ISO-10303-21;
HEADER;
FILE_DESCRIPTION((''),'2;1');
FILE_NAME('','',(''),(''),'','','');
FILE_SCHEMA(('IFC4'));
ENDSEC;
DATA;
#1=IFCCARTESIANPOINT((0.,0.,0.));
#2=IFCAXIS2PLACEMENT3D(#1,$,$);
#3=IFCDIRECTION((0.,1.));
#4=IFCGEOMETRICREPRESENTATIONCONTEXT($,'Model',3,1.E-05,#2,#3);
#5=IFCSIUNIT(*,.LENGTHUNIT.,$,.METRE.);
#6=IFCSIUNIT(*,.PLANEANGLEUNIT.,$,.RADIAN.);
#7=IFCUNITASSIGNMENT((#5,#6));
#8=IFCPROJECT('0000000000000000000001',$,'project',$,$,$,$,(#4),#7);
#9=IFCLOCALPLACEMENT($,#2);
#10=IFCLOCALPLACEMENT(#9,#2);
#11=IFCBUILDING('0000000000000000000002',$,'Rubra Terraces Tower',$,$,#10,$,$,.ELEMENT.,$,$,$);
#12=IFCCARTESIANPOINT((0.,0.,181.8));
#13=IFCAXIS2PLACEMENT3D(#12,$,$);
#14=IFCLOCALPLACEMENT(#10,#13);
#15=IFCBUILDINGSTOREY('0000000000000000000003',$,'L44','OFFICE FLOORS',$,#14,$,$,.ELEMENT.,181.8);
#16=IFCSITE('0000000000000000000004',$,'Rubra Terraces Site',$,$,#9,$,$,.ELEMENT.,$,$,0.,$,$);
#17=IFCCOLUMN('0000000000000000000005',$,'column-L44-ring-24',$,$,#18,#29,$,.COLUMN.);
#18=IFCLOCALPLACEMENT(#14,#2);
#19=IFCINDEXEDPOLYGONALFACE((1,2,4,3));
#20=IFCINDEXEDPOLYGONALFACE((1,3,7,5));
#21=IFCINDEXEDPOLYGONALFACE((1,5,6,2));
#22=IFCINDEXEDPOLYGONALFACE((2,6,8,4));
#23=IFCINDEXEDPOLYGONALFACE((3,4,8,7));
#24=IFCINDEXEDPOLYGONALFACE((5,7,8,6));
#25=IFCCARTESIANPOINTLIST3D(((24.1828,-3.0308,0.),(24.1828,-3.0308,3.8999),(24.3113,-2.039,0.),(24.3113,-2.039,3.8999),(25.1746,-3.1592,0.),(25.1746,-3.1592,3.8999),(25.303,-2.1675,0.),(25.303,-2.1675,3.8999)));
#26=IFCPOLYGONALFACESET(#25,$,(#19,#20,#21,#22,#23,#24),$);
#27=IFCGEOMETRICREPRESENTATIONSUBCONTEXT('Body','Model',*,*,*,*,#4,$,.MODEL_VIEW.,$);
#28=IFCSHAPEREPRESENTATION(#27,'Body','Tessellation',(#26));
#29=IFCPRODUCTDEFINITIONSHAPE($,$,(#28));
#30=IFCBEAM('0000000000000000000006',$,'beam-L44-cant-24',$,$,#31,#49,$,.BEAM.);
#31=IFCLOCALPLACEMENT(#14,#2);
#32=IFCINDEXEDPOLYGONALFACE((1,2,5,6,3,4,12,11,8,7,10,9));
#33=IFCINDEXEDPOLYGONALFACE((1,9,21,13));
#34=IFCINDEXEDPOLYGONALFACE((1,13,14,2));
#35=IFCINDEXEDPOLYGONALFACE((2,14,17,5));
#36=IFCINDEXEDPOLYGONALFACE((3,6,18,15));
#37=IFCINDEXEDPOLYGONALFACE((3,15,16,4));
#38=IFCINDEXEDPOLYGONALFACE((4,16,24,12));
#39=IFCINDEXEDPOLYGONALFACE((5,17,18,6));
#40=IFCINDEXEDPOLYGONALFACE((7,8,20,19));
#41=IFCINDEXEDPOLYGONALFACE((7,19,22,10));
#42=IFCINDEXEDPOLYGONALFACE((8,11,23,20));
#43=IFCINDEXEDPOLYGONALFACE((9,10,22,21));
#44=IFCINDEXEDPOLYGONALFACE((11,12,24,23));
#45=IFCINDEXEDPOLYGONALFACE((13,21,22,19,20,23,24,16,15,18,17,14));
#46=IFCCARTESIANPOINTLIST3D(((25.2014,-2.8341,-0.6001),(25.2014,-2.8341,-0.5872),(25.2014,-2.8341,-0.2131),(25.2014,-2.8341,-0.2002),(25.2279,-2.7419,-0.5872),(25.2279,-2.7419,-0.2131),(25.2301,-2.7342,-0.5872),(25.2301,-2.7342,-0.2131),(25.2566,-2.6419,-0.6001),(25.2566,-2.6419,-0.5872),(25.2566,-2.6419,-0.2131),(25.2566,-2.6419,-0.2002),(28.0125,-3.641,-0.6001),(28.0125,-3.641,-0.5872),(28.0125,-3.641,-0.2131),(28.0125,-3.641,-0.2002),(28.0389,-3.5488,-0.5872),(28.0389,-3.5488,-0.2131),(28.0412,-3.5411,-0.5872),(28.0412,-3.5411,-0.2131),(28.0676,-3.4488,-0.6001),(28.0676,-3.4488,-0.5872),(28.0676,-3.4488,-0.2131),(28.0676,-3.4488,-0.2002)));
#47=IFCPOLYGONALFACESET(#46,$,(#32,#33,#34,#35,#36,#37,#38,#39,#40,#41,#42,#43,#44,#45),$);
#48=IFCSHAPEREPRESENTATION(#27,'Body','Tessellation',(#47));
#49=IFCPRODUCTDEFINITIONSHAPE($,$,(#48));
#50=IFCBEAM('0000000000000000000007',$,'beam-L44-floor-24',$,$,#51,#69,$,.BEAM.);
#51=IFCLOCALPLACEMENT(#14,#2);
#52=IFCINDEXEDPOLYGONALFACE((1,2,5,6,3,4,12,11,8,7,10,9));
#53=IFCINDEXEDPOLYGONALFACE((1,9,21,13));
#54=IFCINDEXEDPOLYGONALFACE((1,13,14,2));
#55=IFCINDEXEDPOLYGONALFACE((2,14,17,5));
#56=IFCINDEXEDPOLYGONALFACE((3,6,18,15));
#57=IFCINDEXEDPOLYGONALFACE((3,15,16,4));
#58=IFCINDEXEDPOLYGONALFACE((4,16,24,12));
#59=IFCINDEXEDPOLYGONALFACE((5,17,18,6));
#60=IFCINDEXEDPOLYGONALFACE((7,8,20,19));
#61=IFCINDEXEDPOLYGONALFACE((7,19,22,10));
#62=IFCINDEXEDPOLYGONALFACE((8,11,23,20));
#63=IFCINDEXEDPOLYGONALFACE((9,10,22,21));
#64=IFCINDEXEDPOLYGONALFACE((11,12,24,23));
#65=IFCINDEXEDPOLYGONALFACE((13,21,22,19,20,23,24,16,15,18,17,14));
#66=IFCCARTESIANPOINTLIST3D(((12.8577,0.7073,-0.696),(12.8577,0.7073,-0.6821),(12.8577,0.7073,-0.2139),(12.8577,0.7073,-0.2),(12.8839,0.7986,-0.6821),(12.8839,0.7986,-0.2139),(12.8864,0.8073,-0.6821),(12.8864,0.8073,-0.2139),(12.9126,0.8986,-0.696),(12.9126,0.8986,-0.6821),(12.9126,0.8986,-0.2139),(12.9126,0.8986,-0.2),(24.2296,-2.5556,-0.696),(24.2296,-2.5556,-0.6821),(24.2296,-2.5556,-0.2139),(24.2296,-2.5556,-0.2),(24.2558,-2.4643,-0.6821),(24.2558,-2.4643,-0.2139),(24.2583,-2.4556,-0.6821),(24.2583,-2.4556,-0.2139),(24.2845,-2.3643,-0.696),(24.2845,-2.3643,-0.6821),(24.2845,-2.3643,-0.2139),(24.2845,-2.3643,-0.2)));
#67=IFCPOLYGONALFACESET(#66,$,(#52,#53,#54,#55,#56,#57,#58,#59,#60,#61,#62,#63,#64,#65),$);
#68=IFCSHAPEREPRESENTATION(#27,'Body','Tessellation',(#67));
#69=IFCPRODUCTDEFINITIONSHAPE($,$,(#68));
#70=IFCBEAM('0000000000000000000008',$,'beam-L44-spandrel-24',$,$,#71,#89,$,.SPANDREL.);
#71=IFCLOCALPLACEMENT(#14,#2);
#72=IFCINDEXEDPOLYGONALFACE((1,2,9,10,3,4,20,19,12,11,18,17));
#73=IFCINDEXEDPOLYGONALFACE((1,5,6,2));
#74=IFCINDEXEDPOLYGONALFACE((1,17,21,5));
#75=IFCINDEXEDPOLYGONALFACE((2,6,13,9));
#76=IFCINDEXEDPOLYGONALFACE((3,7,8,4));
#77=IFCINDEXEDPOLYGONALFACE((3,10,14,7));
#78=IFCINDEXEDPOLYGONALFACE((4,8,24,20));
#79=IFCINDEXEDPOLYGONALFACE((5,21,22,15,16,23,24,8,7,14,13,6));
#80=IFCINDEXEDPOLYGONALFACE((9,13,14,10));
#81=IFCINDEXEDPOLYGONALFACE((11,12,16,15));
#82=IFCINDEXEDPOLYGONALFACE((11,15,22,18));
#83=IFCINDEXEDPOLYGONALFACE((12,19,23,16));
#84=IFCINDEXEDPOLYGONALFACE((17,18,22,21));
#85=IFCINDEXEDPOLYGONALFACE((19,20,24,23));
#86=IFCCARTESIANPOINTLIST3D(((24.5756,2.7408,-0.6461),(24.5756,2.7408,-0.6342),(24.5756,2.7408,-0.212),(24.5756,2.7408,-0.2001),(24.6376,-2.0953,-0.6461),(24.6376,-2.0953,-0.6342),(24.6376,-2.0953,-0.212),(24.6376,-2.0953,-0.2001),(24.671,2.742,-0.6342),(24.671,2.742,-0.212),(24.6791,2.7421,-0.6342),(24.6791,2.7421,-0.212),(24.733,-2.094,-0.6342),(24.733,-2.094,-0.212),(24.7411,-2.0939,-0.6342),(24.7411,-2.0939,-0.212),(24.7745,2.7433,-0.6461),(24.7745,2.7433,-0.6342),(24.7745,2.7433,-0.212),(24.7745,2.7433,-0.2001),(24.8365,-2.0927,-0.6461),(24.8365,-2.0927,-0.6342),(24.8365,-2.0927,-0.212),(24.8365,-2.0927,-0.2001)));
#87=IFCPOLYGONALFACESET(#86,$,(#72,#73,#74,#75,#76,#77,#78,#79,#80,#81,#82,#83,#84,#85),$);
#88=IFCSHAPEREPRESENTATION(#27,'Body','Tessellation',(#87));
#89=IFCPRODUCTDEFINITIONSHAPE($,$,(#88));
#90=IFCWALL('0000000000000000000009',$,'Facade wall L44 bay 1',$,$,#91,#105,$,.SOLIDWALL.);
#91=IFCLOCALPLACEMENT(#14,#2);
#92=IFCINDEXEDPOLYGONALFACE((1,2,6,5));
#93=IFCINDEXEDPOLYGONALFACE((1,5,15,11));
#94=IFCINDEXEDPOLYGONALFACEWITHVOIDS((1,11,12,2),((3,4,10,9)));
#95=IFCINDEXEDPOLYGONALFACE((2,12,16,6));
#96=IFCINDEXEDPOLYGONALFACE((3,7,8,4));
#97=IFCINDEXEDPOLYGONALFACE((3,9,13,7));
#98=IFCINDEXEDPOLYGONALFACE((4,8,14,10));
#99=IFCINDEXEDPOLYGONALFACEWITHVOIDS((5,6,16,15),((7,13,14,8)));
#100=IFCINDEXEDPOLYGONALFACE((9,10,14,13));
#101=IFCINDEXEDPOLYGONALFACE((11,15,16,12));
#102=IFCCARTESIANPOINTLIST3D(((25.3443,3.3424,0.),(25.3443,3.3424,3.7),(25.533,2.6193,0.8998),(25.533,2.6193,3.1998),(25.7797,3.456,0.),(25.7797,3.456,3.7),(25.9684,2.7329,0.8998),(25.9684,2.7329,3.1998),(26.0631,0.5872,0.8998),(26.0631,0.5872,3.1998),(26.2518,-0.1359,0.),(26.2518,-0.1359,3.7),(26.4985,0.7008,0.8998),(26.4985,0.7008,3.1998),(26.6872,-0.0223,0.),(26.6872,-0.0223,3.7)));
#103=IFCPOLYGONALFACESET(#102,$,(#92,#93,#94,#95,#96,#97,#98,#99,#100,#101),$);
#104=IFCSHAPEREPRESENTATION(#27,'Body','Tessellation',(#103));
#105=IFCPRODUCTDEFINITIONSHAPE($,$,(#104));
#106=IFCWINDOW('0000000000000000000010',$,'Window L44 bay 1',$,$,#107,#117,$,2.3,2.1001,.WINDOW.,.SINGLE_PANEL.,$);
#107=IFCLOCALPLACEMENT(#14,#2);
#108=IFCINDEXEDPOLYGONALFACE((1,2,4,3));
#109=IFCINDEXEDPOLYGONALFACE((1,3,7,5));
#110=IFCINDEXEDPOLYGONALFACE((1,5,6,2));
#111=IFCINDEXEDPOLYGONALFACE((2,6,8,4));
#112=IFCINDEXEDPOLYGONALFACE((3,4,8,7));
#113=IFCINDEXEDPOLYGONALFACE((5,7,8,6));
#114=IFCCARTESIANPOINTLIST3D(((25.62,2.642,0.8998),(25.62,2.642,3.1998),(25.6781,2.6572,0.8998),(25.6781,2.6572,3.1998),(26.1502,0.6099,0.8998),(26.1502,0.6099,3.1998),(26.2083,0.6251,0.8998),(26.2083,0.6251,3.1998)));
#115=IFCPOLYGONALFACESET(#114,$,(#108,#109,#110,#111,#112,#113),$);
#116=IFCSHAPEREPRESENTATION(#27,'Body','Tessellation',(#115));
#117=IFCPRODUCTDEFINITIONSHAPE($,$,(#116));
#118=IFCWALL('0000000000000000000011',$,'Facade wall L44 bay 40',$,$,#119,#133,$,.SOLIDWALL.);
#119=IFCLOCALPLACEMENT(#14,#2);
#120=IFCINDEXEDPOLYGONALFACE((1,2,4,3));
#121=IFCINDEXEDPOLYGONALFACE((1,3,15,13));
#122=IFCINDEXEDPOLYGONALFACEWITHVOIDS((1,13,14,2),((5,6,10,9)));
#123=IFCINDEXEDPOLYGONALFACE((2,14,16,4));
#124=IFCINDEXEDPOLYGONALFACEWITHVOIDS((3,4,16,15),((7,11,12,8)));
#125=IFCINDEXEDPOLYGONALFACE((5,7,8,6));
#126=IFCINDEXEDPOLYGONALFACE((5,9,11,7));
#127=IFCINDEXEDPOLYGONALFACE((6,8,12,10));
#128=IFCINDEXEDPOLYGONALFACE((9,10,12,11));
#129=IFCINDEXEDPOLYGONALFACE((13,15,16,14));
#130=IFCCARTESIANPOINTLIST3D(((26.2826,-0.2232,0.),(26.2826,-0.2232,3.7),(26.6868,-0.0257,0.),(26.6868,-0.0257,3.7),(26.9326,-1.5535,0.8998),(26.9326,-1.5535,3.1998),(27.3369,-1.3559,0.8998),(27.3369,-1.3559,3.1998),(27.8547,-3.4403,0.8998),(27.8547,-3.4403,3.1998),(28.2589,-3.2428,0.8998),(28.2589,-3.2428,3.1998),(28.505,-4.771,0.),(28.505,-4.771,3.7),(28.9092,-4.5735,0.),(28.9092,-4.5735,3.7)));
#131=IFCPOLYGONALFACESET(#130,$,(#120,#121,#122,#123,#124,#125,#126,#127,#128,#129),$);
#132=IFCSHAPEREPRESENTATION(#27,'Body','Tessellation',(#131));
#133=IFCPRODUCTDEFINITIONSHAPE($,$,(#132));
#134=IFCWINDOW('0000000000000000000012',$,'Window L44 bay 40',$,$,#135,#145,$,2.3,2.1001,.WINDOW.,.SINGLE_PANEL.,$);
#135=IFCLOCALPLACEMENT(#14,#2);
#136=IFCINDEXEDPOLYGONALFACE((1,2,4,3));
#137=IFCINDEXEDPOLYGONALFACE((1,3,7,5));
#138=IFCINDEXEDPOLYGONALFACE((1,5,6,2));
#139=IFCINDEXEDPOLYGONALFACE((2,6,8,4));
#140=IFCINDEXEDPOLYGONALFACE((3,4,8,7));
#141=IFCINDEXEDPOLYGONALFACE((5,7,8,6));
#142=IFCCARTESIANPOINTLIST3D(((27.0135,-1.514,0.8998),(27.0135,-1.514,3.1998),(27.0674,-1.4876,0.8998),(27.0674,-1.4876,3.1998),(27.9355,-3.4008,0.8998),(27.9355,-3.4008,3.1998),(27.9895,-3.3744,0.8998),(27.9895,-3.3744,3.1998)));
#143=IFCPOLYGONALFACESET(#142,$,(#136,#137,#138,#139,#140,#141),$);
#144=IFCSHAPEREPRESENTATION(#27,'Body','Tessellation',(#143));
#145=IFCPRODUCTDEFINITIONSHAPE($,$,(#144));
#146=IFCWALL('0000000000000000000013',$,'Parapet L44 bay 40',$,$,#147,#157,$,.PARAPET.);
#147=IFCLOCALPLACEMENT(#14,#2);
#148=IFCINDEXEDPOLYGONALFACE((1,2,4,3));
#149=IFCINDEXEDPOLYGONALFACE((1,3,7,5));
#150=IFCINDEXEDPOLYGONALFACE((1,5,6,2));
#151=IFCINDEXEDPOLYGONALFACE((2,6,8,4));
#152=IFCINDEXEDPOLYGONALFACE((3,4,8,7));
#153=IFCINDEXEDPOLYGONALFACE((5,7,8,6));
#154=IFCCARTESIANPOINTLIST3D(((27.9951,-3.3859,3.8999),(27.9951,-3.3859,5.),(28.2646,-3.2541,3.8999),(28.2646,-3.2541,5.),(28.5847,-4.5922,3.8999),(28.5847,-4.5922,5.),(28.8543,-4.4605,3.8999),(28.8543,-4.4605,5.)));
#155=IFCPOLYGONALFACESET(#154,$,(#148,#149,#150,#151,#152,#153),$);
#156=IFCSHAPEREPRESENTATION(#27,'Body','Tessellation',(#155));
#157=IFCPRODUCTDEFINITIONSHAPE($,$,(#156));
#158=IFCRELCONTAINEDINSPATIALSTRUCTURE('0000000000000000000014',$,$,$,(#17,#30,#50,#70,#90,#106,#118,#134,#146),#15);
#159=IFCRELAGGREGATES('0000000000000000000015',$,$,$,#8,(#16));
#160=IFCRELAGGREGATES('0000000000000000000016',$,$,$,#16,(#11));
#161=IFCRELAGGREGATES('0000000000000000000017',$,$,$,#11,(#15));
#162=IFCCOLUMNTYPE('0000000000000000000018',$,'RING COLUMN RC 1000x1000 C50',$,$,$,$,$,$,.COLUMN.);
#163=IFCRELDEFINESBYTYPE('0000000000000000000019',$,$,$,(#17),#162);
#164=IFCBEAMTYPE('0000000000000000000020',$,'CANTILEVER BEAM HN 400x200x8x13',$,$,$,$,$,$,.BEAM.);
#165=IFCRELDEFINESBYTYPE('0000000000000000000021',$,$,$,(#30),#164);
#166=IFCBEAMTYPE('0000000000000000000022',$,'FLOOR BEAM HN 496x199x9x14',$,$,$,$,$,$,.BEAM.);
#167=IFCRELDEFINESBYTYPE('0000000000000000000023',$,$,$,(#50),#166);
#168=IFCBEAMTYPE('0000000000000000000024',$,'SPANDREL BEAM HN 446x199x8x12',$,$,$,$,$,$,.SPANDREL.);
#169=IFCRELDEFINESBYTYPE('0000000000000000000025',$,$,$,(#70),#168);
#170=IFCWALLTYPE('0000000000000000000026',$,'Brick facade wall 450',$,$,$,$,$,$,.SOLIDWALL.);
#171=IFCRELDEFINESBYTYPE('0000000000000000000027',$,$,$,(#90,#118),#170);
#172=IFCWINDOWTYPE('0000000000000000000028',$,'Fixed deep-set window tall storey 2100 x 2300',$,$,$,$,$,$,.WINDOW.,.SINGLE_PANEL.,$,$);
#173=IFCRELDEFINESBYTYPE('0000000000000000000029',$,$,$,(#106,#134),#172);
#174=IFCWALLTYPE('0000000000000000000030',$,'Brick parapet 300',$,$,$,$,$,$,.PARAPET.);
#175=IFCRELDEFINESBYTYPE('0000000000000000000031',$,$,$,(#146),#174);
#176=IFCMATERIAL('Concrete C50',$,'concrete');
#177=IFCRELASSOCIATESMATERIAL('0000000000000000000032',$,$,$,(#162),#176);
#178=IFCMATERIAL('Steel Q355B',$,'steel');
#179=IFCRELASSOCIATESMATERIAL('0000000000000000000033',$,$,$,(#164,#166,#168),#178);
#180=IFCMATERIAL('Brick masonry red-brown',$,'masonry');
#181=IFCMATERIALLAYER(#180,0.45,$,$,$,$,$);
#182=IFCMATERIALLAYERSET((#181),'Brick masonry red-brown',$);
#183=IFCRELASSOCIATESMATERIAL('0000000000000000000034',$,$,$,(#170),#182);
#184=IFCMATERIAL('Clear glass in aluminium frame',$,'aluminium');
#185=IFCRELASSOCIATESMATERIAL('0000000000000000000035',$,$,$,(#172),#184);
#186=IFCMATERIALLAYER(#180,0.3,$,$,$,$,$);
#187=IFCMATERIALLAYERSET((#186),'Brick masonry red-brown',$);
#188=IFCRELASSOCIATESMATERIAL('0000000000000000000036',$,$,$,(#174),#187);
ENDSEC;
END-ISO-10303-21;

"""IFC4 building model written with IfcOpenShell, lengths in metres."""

from ifc_helpers import new_model, si_unit, direction, frame, frame_2d, origin, origin_2d, place, context, subcontext, project, spatial, rectangle, i_section, extrude, material, layer, layer_set, material_profile, profile_set, type_object, element, fill, save


model = new_model("IFC4")

# Units and contexts
model_context = context("Model", 3, precision=1e-05, world=origin(), true_north=direction((0.0, 1.0)))
body_context = subcontext(model_context, "Body", "Model", "MODEL_VIEW")
ifc_project = project(units=[si_unit("LENGTHUNIT", "METRE"), si_unit("PLANEANGLEUNIT", "RADIAN")], contexts=[model_context])

# Site, building, storey
site_placement = place(None, origin())
site = spatial("IfcSite", under=ifc_project, at=site_placement, Name="Rubra Terraces Site", CompositionType="ELEMENT", RefElevation=0.0)
building_placement = place(site_placement, origin())
building = spatial("IfcBuilding", under=site, at=building_placement, Name="Rubra Terraces Tower", CompositionType="ELEMENT")
storey_placement = place(building_placement, frame((0.0, 0.0, 181.8)))
storey = spatial("IfcBuildingStorey", under=building, at=storey_placement, Name="L44", Description="OFFICE FLOORS", CompositionType="ELEMENT", Elevation=181.8)

# Column
ifc_material_1 = material(Name="Concrete C50", Category="concrete")
ifc_material_profile_1 = material_profile(ifc_material_1, rectangle(XDim=1.0, YDim=1.0, at=origin_2d()), Name="RC 1000x1000")
ifc_profile_set_1 = profile_set([ifc_material_profile_1], Name="Concrete C50")
column_type = type_object("IfcColumnType", Name="RING COLUMN RC 1000x1000 C50", PredefinedType="COLUMN", material=ifc_profile_set_1)
column_placement = place(storey_placement, frame((24.7429, -2.5991, 0.0), z_axis=(0.0, 0.0, 1.0), x_axis=(0.128444, 0.991717, 0.0)))
element("IfcColumn", 1, at=column_placement, inside=storey, type_object=column_type, Name="column-L44-ring-24", PredefinedType="COLUMN", context=body_context, shape_type="SweptSolid", body=[
    extrude(rectangle(XDim=1.0, YDim=1.0, at=origin_2d()), origin(), (0.0, 0.0, 1.0), 3.8999),
])

# Beams
ifc_material_2 = material(Name="Steel Q355B", Category="steel")
ifc_material_profile_2 = material_profile(ifc_material_2, i_section(OverallWidth=0.2, OverallDepth=0.3999, WebThickness=0.0081, FlangeThickness=0.0129, at=origin_2d()), Name="HN 400x200x8x13")
ifc_profile_set_2 = profile_set([ifc_material_profile_2], Name="Steel Q355B")
beam_type_1 = type_object("IfcBeamType", Name="CANTILEVER BEAM HN 400x200x8x13", PredefinedType="BEAM", material=ifc_profile_set_2)
beam_1_placement = place(storey_placement, frame((25.229, -2.738, -0.4001), z_axis=(0.961186, -0.275901, 0.0), x_axis=(0.275901, 0.961186, 0.0)))
element("IfcBeam", 2, at=beam_1_placement, inside=storey, type_object=beam_type_1, Name="beam-L44-cant-24", PredefinedType="BEAM", context=body_context, shape_type="SweptSolid", body=[
    extrude(i_section(OverallWidth=0.2, OverallDepth=0.3999, WebThickness=0.0081, FlangeThickness=0.0129, at=origin_2d()), origin(), (0.0, 0.0, 1.0), 2.9246),
])
ifc_material_profile_3 = material_profile(ifc_material_2, i_section(OverallWidth=0.199, OverallDepth=0.4961, WebThickness=0.009, FlangeThickness=0.0139, at=origin_2d()), Name="HN 496x199x9x14")
ifc_profile_set_3 = profile_set([ifc_material_profile_3], Name="Steel Q355B")
beam_type_2 = type_object("IfcBeamType", Name="FLOOR BEAM HN 496x199x9x14", PredefinedType="BEAM", material=ifc_profile_set_3)
beam_2_placement = place(storey_placement, frame((24.2571, -2.46, -0.448), z_axis=(-0.961216, 0.275798, 0.0), x_axis=(-0.275798, -0.961216, 0.0)))
element("IfcBeam", 3, at=beam_2_placement, inside=storey, type_object=beam_type_2, Name="beam-L44-floor-24", PredefinedType="BEAM", context=body_context, shape_type="SweptSolid", body=[
    extrude(i_section(OverallWidth=0.199, OverallDepth=0.4961, WebThickness=0.009, FlangeThickness=0.0139, at=origin_2d()), origin(), (0.0, 0.0, 1.0), 11.8308),
])
ifc_material_profile_4 = material_profile(ifc_material_2, i_section(OverallWidth=0.199, OverallDepth=0.446, WebThickness=0.0081, FlangeThickness=0.012, at=origin_2d()), Name="HN 446x199x8x12")
ifc_profile_set_4 = profile_set([ifc_material_profile_4], Name="Steel Q355B")
beam_type_3 = type_object("IfcBeamType", Name="SPANDREL BEAM HN 446x199x8x12", PredefinedType="SPANDREL", material=ifc_profile_set_4)
beam_3_placement = place(storey_placement, frame((24.7371, -2.094, -0.4231), z_axis=(-0.012822, 0.999918, 0.0), x_axis=(-0.999918, -0.012822, 0.0)))
element("IfcBeam", 4, at=beam_3_placement, inside=storey, type_object=beam_type_3, Name="beam-L44-spandrel-24", PredefinedType="SPANDREL", context=body_context, shape_type="SweptSolid", body=[
    extrude(i_section(OverallWidth=0.199, OverallDepth=0.446, WebThickness=0.0081, FlangeThickness=0.012, at=origin_2d()), origin(), (0.0, 0.0, 1.0), 4.8364),
])

# Walls, openings, windows
ifc_material_3 = material(Name="Brick masonry red-brown", Category="masonry")
ifc_layer_1 = layer(ifc_material_3, 0.45)
ifc_layer_set_1 = layer_set([ifc_layer_1], Name="Brick masonry red-brown")
wall_type_1 = type_object("IfcWallType", Name="Brick facade wall 450", PredefinedType="SOLIDWALL", material=ifc_layer_set_1)
wall_1_placement = place(storey_placement, frame((26.4695, -0.0791, 0.0), z_axis=(0.0, 0.0, 1.0), x_axis=(-0.252447, 0.967611, 0.0)))
wall_1 = element("IfcWall", 5, at=wall_1_placement, inside=storey, type_object=wall_type_1, Name="Facade wall L44 bay 1", PredefinedType="SOLIDWALL", context=body_context, shape_type="SweptSolid", body=[
    extrude(rectangle(XDim=3.5947, YDim=0.45, at=frame_2d((1.7974, 0.0))), origin(), (0.0, 0.0, 1.0), 3.7),
])
opening_1_placement = place(wall_1_placement, frame((0.7473, 0.0, 0.8999)))
opening_1 = element("IfcOpeningElement", 6, at=opening_1_placement, cuts=wall_1, PredefinedType="OPENING", context=body_context, shape_type="SweptSolid", body=[
    extrude(rectangle(XDim=2.1001, YDim=2.3, at=frame_2d((1.05, 1.1499))), frame((0.0, 0.2349, 0.0), z_axis=(0.0, -1.0, 0.0), x_axis=(1.0, 0.0, 0.0)), (0.0, 0.0, 1.0), 0.47),
])
ifc_material_4 = material(Name="Clear glass in aluminium frame", Category="aluminium")
window_type = type_object("IfcWindowType", Name="Fixed deep-set window tall storey 2100 x 2300", PartitioningType="SINGLE_PANEL", PredefinedType="WINDOW", material=ifc_material_4)
window_1_placement = place(opening_1_placement, origin())
window_1 = element("IfcWindow", 7, at=window_1_placement, inside=storey, type_object=window_type, Name="Window L44 bay 1", OverallHeight=2.3, OverallWidth=2.1001, PartitioningType="SINGLE_PANEL", PredefinedType="WINDOW", context=body_context, shape_type="SweptSolid", body=[
    extrude(rectangle(XDim=2.1001, YDim=2.3, at=frame_2d((1.05, 1.1499))), frame((0.0, 0.135, 0.0), z_axis=(0.0, -1.0, 0.0), x_axis=(1.0, 0.0, 0.0)), (0.0, 0.0, 1.0), 0.0601),
])
fill(opening_1, window_1)
wall_2_placement = place(storey_placement, frame((28.707, -4.6721, 0.0), z_axis=(0.0, 0.0, 1.0), x_axis=(-0.439054, 0.898461, 0.0)))
wall_2 = element("IfcWall", 8, at=wall_2_placement, inside=storey, type_object=wall_type_1, Name="Facade wall L44 bay 40", PredefinedType="SOLIDWALL", context=body_context, shape_type="SweptSolid", body=[
    extrude(rectangle(XDim=5.0618, YDim=0.45, at=frame_2d((2.5308, 0.0))), origin(), (0.0, 0.0, 1.0), 3.7),
])
opening_2_placement = place(wall_2_placement, frame((1.481, 0.0, 0.8999)))
opening_2 = element("IfcOpeningElement", 9, at=opening_2_placement, cuts=wall_2, PredefinedType="OPENING", context=body_context, shape_type="SweptSolid", body=[
    extrude(rectangle(XDim=2.1001, YDim=2.3, at=frame_2d((1.05, 1.1499))), frame((0.0, 0.2349, 0.0), z_axis=(0.0, -1.0, 0.0), x_axis=(1.0, 0.0, 0.0)), (0.0, 0.0, 1.0), 0.47),
])
window_2_placement = place(opening_2_placement, origin())
window_2 = element("IfcWindow", 10, at=window_2_placement, inside=storey, type_object=window_type, Name="Window L44 bay 40", OverallHeight=2.3, OverallWidth=2.1001, PartitioningType="SINGLE_PANEL", PredefinedType="WINDOW", context=body_context, shape_type="SweptSolid", body=[
    extrude(rectangle(XDim=2.1001, YDim=2.3, at=frame_2d((1.05, 1.1499))), frame((0.0, 0.135, 0.0), z_axis=(0.0, -1.0, 0.0), x_axis=(1.0, 0.0, 0.0)), (0.0, 0.0, 1.0), 0.0601),
])
fill(opening_2, window_2)

# Wall
ifc_layer_2 = layer(ifc_material_3, 0.3)
ifc_layer_set_2 = layer_set([ifc_layer_2], Name="Brick masonry red-brown")
wall_type_2 = type_object("IfcWallType", Name="Brick parapet 300", PredefinedType="PARAPET", material=ifc_layer_set_2)
wall_3_placement = place(storey_placement, frame((28.7195, -4.5264, 3.8999), z_axis=(0.0, 0.0, 1.0), x_axis=(-0.439122, 0.898427, 0.0)))
element("IfcWall", 11, at=wall_3_placement, inside=storey, type_object=wall_type_2, Name="Parapet L44 bay 40", PredefinedType="PARAPET", context=body_context, shape_type="SweptSolid", body=[
    extrude(rectangle(XDim=1.3428, YDim=0.3, at=frame_2d((0.6714, 0.0))), origin(), (0.0, 0.0, 1.0), 1.1001),
])

save(model, "model.ifc")
